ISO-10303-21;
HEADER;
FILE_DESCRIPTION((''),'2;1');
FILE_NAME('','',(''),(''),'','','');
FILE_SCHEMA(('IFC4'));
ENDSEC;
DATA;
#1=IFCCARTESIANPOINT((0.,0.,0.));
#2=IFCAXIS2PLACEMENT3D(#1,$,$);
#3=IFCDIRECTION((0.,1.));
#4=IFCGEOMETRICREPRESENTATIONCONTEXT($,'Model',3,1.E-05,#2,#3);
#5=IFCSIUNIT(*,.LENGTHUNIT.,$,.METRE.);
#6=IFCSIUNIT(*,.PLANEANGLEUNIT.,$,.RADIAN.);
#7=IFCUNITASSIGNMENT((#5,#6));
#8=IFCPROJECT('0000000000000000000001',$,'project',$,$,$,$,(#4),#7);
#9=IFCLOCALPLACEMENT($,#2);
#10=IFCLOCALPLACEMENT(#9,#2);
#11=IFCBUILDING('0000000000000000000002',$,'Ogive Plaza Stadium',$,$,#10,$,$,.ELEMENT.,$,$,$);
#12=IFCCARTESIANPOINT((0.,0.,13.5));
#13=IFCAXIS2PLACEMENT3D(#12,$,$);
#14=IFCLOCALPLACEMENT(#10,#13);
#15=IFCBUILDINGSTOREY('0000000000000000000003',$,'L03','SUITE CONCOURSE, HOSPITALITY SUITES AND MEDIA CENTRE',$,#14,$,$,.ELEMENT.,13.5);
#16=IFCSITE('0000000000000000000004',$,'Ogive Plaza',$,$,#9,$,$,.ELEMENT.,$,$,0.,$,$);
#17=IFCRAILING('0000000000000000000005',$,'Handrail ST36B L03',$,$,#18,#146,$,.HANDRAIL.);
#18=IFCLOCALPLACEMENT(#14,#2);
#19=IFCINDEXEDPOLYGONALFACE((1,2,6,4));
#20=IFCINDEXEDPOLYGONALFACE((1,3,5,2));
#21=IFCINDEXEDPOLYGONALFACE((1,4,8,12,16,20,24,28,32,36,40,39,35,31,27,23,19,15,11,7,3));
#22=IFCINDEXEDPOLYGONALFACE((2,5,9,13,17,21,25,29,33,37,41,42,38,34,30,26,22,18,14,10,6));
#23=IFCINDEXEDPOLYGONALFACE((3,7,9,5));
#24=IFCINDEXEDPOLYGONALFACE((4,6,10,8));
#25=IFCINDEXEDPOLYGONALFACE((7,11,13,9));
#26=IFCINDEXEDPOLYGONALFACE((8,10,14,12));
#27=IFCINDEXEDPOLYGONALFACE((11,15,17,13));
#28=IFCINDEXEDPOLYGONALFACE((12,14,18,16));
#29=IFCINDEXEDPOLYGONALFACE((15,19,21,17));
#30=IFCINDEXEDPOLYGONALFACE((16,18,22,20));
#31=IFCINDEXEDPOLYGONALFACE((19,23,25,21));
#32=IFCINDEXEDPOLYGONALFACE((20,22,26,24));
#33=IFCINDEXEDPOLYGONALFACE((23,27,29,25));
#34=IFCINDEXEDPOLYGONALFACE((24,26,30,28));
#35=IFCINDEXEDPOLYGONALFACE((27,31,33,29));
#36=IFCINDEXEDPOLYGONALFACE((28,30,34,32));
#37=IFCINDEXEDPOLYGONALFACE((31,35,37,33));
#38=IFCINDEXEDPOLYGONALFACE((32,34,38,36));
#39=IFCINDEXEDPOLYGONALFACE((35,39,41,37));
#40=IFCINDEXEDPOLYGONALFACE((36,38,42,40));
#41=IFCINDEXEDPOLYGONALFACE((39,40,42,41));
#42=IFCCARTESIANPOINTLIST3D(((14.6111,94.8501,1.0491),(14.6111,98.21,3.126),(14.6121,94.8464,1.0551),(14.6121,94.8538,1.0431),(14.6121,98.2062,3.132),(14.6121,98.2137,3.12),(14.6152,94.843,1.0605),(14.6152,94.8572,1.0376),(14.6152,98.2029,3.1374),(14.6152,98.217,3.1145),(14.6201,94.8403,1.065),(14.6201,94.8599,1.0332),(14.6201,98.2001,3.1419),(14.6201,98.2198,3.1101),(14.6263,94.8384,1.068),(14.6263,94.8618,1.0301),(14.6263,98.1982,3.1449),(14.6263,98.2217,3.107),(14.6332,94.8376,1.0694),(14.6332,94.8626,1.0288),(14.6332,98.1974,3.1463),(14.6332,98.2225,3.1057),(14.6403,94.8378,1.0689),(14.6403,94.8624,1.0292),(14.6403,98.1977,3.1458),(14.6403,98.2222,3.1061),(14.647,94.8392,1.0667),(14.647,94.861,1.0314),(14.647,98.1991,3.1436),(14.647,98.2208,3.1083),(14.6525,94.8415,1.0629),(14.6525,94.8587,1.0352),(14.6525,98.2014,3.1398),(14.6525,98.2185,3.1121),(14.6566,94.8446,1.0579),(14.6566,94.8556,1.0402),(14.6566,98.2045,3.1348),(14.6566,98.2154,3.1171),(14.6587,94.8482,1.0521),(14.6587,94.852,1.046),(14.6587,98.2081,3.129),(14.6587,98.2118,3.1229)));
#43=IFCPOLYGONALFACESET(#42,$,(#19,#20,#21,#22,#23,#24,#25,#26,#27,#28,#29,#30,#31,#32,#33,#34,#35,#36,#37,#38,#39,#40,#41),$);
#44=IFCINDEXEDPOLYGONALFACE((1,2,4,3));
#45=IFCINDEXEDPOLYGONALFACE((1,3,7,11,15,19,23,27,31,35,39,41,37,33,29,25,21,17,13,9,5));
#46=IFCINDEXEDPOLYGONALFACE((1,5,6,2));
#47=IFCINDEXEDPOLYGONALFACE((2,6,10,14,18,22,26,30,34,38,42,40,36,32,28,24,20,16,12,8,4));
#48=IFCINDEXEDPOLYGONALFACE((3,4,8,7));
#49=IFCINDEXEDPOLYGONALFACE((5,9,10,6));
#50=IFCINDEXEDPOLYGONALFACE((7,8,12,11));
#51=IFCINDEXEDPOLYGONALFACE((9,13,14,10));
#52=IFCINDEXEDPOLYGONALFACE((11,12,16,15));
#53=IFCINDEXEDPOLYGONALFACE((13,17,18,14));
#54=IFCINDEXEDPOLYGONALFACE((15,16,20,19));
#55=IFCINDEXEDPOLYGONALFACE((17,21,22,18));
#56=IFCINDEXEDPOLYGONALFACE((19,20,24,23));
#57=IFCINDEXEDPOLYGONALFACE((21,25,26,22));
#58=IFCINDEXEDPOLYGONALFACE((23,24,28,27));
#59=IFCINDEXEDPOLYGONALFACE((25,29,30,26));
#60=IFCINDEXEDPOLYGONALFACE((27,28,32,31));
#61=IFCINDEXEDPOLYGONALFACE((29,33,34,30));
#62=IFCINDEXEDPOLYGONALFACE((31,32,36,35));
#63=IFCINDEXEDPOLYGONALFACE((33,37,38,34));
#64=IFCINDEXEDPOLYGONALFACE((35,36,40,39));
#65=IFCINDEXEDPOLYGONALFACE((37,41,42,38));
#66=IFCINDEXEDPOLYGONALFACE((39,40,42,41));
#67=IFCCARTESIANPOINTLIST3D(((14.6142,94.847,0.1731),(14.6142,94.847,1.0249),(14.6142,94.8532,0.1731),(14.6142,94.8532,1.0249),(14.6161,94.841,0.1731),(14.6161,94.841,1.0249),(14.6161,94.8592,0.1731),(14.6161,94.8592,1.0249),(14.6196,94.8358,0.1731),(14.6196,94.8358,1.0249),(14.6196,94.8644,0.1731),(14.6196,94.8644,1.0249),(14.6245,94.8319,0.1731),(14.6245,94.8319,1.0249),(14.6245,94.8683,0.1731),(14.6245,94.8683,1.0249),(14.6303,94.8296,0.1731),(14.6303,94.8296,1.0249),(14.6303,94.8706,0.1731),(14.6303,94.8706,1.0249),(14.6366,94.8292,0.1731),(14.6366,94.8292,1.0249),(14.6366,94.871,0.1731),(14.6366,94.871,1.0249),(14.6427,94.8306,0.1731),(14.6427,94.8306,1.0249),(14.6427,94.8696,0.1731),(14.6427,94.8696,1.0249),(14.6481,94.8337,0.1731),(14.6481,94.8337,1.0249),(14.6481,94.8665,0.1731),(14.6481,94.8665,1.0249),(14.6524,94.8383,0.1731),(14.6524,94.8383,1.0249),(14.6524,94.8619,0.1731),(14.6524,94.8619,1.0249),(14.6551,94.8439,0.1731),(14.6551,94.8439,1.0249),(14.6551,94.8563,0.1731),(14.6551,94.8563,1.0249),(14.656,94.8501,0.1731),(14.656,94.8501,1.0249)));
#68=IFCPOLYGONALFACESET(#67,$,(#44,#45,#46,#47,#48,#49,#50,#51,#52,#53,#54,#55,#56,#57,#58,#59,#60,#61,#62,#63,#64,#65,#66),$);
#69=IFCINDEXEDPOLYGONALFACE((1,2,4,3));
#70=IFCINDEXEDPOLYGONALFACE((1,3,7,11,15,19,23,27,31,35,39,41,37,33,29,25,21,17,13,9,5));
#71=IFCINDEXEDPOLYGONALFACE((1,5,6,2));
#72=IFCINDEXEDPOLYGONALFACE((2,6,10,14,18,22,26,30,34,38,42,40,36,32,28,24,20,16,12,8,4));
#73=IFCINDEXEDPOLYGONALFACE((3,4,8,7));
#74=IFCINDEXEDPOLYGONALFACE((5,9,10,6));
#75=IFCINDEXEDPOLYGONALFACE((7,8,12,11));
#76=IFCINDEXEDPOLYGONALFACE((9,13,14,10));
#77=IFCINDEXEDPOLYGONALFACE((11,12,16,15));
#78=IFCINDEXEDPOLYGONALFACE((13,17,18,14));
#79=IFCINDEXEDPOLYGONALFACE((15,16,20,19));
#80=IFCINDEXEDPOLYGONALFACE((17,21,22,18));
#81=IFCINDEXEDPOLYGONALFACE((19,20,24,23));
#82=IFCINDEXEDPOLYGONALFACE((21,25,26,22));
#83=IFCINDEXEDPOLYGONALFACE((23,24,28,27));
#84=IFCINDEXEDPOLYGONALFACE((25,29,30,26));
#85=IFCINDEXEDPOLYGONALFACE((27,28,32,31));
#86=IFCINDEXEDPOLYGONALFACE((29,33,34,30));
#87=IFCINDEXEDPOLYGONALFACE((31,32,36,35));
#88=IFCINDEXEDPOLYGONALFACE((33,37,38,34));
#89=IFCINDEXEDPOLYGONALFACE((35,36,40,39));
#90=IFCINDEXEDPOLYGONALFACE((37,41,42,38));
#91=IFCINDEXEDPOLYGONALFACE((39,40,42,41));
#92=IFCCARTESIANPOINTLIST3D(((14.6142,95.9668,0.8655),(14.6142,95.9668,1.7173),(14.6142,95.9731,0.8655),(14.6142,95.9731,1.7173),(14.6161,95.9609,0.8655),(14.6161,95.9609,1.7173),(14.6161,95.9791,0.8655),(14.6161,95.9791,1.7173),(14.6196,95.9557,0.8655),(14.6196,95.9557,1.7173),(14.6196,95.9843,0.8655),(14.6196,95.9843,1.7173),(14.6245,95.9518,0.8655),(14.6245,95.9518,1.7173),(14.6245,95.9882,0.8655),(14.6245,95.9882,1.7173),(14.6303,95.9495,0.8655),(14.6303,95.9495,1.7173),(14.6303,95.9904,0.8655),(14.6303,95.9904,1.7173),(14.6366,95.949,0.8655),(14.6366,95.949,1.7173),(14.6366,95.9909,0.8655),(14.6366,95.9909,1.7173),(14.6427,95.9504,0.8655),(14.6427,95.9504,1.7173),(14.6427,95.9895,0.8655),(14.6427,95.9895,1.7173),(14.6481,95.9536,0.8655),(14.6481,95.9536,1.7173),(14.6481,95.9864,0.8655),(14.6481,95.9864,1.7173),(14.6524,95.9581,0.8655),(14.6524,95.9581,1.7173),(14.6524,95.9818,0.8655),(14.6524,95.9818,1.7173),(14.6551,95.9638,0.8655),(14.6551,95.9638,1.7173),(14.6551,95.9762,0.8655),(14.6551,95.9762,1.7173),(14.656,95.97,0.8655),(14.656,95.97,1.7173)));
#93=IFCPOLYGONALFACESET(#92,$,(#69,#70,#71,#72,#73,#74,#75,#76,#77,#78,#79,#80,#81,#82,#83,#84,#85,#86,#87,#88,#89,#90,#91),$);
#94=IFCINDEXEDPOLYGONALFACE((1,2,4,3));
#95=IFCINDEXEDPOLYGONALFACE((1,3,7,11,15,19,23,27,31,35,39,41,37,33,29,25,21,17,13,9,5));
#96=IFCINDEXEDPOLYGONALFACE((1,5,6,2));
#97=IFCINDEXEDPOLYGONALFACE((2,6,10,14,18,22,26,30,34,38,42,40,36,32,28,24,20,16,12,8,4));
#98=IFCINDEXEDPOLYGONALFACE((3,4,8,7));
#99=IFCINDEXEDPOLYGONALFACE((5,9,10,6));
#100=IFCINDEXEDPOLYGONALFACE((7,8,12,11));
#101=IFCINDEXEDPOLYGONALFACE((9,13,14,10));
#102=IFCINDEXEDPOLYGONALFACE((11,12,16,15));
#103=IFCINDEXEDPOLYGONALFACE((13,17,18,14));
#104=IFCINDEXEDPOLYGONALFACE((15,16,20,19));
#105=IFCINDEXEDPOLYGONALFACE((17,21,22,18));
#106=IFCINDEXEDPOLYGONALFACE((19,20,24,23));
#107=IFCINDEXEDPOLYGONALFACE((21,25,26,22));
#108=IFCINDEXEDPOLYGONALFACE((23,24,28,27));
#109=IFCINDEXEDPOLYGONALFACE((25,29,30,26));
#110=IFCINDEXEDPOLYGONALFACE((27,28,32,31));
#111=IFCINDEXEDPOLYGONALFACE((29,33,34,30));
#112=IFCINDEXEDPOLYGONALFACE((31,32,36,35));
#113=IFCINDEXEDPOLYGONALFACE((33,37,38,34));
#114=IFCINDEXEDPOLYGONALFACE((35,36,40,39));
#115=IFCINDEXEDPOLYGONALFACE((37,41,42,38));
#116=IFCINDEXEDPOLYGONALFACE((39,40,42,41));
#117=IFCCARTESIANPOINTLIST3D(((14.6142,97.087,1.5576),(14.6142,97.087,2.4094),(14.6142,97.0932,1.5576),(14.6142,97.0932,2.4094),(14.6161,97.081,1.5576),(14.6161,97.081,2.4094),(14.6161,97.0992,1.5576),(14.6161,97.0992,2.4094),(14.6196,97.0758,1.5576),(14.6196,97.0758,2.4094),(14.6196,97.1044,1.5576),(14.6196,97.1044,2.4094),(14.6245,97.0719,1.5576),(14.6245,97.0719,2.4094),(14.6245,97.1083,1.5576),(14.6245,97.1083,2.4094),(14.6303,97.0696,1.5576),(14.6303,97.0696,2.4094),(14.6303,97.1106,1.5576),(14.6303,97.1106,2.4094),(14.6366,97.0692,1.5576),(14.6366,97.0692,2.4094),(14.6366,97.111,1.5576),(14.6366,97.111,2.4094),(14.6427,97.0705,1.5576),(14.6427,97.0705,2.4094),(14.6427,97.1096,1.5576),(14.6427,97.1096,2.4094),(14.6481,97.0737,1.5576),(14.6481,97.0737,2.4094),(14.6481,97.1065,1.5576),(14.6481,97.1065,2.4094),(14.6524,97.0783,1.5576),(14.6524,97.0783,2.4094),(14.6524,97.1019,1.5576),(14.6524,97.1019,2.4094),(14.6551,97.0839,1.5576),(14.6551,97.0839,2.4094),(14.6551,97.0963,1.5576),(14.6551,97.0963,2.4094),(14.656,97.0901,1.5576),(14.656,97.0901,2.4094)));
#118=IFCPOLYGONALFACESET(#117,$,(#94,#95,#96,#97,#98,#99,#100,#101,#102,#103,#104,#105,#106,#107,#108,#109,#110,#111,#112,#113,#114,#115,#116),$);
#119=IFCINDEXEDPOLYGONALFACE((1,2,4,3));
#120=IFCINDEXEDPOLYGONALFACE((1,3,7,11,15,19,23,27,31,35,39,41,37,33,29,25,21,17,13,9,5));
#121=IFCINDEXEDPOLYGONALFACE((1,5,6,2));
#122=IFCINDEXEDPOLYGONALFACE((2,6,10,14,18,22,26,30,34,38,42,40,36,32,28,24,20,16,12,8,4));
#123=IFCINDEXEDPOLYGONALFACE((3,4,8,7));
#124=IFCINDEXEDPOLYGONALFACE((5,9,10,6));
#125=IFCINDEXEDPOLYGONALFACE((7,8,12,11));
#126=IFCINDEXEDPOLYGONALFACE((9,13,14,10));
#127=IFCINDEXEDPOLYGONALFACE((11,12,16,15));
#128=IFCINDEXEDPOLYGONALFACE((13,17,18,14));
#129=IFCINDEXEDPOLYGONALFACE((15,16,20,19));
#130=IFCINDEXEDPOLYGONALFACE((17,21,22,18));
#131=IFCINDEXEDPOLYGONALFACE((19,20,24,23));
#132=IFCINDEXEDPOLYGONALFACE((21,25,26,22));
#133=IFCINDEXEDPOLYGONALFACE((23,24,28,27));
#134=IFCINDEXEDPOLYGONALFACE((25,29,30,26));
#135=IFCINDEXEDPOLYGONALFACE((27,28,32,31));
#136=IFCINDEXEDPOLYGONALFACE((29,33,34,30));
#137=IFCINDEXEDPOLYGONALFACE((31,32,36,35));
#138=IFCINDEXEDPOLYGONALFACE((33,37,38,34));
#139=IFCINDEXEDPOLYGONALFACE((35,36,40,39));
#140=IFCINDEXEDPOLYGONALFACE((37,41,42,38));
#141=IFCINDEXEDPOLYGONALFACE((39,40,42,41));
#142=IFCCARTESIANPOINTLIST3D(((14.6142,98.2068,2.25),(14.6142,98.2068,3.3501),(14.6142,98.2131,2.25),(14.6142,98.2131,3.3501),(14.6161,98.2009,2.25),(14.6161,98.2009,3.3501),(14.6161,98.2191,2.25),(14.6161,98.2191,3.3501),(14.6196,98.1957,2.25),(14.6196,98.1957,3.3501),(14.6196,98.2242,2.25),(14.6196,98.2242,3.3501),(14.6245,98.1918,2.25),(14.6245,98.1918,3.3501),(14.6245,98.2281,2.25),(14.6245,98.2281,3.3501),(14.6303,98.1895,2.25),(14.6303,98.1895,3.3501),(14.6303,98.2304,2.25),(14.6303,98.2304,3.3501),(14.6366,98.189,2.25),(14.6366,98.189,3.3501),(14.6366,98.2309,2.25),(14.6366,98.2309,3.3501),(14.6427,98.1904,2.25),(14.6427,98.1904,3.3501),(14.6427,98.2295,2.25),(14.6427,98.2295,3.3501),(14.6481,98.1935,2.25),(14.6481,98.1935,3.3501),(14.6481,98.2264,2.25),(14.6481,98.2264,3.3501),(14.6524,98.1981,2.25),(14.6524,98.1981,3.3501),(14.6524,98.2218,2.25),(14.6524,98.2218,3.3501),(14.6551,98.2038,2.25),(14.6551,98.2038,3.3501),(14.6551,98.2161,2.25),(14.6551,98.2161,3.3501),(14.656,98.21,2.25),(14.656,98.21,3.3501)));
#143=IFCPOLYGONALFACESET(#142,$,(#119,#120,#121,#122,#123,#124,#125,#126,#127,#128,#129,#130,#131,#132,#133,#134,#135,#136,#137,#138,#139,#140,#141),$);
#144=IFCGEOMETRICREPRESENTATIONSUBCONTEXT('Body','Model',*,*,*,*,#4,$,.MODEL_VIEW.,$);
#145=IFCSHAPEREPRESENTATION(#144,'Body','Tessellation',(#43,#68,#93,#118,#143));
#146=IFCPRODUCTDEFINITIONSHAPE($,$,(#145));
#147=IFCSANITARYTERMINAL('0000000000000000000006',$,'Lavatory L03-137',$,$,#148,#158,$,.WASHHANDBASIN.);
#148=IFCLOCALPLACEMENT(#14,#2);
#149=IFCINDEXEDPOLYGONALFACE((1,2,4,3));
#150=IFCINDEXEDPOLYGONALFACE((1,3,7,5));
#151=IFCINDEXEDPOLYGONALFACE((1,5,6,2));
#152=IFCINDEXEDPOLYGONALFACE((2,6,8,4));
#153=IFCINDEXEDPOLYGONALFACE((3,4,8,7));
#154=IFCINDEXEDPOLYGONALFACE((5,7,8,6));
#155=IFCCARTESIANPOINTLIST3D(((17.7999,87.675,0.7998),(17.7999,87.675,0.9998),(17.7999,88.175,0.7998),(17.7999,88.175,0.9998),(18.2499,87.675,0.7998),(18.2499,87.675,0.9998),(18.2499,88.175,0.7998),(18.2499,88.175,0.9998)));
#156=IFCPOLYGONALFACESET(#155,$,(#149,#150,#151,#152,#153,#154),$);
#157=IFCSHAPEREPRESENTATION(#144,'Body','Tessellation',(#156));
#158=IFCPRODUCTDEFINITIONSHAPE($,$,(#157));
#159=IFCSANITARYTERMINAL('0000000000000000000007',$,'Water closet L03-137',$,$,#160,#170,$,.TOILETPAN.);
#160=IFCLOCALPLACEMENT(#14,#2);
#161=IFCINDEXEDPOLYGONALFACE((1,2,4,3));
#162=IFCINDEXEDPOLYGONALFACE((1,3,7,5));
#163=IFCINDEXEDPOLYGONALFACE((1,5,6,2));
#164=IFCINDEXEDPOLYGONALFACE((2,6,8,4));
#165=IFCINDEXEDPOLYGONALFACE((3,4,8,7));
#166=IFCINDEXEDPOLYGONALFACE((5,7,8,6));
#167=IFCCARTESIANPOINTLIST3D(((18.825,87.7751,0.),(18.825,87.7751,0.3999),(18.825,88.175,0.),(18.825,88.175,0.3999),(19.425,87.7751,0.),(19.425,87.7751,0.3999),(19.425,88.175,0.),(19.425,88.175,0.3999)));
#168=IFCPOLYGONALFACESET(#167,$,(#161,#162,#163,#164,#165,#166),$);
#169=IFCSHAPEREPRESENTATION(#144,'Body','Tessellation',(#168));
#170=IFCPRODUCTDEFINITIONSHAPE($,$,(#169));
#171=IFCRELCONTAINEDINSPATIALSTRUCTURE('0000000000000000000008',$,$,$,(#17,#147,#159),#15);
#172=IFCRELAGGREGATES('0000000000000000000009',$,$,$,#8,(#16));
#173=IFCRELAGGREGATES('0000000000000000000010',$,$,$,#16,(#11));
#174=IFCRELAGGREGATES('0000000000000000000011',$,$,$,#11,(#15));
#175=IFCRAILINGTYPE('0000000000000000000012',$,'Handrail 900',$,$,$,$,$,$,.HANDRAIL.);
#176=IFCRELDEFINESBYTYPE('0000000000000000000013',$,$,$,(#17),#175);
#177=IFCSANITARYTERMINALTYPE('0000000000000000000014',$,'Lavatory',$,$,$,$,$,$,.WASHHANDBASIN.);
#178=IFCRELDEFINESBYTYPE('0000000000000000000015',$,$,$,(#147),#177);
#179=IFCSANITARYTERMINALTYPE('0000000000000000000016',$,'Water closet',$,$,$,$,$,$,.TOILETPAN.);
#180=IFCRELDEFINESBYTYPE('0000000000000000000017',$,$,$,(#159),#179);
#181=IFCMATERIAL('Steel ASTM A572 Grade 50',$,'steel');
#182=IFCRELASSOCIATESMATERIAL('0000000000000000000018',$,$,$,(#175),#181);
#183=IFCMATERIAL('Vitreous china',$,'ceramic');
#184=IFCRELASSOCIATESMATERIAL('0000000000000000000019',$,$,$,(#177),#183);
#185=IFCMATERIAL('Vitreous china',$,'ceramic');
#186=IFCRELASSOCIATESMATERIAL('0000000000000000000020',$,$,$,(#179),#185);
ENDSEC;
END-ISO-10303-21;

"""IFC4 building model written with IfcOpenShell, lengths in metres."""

from ifc_helpers import new_model, si_unit, direction, frame, origin, origin_2d, place, context, subcontext, project, spatial, rectangle, circle, extrude, material, type_object, element, save


model = new_model("IFC4")

# Units and contexts
model_context = context("Model", 3, precision=1e-05, world=origin(), true_north=direction((0.0, 1.0)))
body_context = subcontext(model_context, "Body", "Model", "MODEL_VIEW")
ifc_project = project(units=[si_unit("LENGTHUNIT", "METRE"), si_unit("PLANEANGLEUNIT", "RADIAN")], contexts=[model_context])

# Site, building, storey
site_placement = place(None, origin())
site = spatial("IfcSite", under=ifc_project, at=site_placement, Name="Ogive Plaza", CompositionType="ELEMENT", RefElevation=0.0)
building_placement = place(site_placement, origin())
building = spatial("IfcBuilding", under=site, at=building_placement, Name="Ogive Plaza Stadium", CompositionType="ELEMENT")
storey_placement = place(building_placement, frame((0.0, 0.0, 13.5)))
storey = spatial("IfcBuildingStorey", under=building, at=storey_placement, Name="L03", Description="SUITE CONCOURSE, HOSPITALITY SUITES AND MEDIA CENTRE", CompositionType="ELEMENT", Elevation=13.5)

# Railing
ifc_material_1 = material(Name="Steel ASTM A572 Grade 50", Category="steel")
railing_type_1 = type_object("IfcRailingType", Name="Handrail 900", PredefinedType="HANDRAIL", material=ifc_material_1)
railing_1_placement = place(storey_placement, frame((14.635, 94.8501, 0.1731)))
element("IfcRailing", 1, at=railing_1_placement, inside=storey, type_object=railing_type_1, Name="Handrail ST36B L03", PredefinedType="HANDRAIL", context=body_context, shape_type="SweptSolid", body=[
    extrude(circle(Radius=0.0239, at=origin_2d()), frame((0.0, 0.0, 0.876), z_axis=(0.0, 0.850606, 0.525803), x_axis=(-1.0, 0.0, 0.0)), (0.0, 0.0, 1.0), 3.95),
    extrude(circle(Radius=0.021, at=origin_2d()), origin(), (0.0, 0.0, 1.0), 0.8518),
    extrude(circle(Radius=0.021, at=origin_2d()), frame((0.0, 1.1199, 0.6924)), (0.0, 0.0, 1.0), 0.8518),
    extrude(circle(Radius=0.021, at=origin_2d()), frame((0.0, 2.24, 1.3845)), (0.0, 0.0, 1.0), 0.8518),
    extrude(circle(Radius=0.021, at=origin_2d()), frame((0.0, 3.3599, 2.0769)), (0.0, 0.0, 1.0), 1.1001),
])

# Sanitary terminals
ifc_material_2 = material(Name="Vitreous china", Category="ceramic")
sanitary_terminal_type_1 = type_object("IfcSanitaryTerminalType", Name="Lavatory", PredefinedType="WASHHANDBASIN", material=ifc_material_2)
sanitary_terminal_1_placement = place(storey_placement, frame((18.0249, 87.925, 0.7998), z_axis=(0.0, 0.0, 1.0), x_axis=(0.0, -1.0, 0.0)))
element("IfcSanitaryTerminal", 2, at=sanitary_terminal_1_placement, inside=storey, type_object=sanitary_terminal_type_1, Name="Lavatory L03-137", PredefinedType="WASHHANDBASIN", context=body_context, shape_type="SweptSolid", body=[
    extrude(rectangle(XDim=0.5, YDim=0.45, at=origin_2d()), origin(), (0.0, 0.0, 1.0), 0.2),
])
ifc_material_3 = material(Name="Vitreous china", Category="ceramic")
sanitary_terminal_type_2 = type_object("IfcSanitaryTerminalType", Name="Water closet", PredefinedType="TOILETPAN", material=ifc_material_3)
sanitary_terminal_2_placement = place(storey_placement, frame((19.125, 87.9751, 0.0), z_axis=(0.0, 0.0, 1.0), x_axis=(0.0, -1.0, 0.0)))
element("IfcSanitaryTerminal", 3, at=sanitary_terminal_2_placement, inside=storey, type_object=sanitary_terminal_type_2, Name="Water closet L03-137", PredefinedType="TOILETPAN", context=body_context, shape_type="SweptSolid", body=[
    extrude(rectangle(XDim=0.3999, YDim=0.6001, at=origin_2d()), origin(), (0.0, 0.0, 1.0), 0.3999),
])

save(model, "model.ifc")
